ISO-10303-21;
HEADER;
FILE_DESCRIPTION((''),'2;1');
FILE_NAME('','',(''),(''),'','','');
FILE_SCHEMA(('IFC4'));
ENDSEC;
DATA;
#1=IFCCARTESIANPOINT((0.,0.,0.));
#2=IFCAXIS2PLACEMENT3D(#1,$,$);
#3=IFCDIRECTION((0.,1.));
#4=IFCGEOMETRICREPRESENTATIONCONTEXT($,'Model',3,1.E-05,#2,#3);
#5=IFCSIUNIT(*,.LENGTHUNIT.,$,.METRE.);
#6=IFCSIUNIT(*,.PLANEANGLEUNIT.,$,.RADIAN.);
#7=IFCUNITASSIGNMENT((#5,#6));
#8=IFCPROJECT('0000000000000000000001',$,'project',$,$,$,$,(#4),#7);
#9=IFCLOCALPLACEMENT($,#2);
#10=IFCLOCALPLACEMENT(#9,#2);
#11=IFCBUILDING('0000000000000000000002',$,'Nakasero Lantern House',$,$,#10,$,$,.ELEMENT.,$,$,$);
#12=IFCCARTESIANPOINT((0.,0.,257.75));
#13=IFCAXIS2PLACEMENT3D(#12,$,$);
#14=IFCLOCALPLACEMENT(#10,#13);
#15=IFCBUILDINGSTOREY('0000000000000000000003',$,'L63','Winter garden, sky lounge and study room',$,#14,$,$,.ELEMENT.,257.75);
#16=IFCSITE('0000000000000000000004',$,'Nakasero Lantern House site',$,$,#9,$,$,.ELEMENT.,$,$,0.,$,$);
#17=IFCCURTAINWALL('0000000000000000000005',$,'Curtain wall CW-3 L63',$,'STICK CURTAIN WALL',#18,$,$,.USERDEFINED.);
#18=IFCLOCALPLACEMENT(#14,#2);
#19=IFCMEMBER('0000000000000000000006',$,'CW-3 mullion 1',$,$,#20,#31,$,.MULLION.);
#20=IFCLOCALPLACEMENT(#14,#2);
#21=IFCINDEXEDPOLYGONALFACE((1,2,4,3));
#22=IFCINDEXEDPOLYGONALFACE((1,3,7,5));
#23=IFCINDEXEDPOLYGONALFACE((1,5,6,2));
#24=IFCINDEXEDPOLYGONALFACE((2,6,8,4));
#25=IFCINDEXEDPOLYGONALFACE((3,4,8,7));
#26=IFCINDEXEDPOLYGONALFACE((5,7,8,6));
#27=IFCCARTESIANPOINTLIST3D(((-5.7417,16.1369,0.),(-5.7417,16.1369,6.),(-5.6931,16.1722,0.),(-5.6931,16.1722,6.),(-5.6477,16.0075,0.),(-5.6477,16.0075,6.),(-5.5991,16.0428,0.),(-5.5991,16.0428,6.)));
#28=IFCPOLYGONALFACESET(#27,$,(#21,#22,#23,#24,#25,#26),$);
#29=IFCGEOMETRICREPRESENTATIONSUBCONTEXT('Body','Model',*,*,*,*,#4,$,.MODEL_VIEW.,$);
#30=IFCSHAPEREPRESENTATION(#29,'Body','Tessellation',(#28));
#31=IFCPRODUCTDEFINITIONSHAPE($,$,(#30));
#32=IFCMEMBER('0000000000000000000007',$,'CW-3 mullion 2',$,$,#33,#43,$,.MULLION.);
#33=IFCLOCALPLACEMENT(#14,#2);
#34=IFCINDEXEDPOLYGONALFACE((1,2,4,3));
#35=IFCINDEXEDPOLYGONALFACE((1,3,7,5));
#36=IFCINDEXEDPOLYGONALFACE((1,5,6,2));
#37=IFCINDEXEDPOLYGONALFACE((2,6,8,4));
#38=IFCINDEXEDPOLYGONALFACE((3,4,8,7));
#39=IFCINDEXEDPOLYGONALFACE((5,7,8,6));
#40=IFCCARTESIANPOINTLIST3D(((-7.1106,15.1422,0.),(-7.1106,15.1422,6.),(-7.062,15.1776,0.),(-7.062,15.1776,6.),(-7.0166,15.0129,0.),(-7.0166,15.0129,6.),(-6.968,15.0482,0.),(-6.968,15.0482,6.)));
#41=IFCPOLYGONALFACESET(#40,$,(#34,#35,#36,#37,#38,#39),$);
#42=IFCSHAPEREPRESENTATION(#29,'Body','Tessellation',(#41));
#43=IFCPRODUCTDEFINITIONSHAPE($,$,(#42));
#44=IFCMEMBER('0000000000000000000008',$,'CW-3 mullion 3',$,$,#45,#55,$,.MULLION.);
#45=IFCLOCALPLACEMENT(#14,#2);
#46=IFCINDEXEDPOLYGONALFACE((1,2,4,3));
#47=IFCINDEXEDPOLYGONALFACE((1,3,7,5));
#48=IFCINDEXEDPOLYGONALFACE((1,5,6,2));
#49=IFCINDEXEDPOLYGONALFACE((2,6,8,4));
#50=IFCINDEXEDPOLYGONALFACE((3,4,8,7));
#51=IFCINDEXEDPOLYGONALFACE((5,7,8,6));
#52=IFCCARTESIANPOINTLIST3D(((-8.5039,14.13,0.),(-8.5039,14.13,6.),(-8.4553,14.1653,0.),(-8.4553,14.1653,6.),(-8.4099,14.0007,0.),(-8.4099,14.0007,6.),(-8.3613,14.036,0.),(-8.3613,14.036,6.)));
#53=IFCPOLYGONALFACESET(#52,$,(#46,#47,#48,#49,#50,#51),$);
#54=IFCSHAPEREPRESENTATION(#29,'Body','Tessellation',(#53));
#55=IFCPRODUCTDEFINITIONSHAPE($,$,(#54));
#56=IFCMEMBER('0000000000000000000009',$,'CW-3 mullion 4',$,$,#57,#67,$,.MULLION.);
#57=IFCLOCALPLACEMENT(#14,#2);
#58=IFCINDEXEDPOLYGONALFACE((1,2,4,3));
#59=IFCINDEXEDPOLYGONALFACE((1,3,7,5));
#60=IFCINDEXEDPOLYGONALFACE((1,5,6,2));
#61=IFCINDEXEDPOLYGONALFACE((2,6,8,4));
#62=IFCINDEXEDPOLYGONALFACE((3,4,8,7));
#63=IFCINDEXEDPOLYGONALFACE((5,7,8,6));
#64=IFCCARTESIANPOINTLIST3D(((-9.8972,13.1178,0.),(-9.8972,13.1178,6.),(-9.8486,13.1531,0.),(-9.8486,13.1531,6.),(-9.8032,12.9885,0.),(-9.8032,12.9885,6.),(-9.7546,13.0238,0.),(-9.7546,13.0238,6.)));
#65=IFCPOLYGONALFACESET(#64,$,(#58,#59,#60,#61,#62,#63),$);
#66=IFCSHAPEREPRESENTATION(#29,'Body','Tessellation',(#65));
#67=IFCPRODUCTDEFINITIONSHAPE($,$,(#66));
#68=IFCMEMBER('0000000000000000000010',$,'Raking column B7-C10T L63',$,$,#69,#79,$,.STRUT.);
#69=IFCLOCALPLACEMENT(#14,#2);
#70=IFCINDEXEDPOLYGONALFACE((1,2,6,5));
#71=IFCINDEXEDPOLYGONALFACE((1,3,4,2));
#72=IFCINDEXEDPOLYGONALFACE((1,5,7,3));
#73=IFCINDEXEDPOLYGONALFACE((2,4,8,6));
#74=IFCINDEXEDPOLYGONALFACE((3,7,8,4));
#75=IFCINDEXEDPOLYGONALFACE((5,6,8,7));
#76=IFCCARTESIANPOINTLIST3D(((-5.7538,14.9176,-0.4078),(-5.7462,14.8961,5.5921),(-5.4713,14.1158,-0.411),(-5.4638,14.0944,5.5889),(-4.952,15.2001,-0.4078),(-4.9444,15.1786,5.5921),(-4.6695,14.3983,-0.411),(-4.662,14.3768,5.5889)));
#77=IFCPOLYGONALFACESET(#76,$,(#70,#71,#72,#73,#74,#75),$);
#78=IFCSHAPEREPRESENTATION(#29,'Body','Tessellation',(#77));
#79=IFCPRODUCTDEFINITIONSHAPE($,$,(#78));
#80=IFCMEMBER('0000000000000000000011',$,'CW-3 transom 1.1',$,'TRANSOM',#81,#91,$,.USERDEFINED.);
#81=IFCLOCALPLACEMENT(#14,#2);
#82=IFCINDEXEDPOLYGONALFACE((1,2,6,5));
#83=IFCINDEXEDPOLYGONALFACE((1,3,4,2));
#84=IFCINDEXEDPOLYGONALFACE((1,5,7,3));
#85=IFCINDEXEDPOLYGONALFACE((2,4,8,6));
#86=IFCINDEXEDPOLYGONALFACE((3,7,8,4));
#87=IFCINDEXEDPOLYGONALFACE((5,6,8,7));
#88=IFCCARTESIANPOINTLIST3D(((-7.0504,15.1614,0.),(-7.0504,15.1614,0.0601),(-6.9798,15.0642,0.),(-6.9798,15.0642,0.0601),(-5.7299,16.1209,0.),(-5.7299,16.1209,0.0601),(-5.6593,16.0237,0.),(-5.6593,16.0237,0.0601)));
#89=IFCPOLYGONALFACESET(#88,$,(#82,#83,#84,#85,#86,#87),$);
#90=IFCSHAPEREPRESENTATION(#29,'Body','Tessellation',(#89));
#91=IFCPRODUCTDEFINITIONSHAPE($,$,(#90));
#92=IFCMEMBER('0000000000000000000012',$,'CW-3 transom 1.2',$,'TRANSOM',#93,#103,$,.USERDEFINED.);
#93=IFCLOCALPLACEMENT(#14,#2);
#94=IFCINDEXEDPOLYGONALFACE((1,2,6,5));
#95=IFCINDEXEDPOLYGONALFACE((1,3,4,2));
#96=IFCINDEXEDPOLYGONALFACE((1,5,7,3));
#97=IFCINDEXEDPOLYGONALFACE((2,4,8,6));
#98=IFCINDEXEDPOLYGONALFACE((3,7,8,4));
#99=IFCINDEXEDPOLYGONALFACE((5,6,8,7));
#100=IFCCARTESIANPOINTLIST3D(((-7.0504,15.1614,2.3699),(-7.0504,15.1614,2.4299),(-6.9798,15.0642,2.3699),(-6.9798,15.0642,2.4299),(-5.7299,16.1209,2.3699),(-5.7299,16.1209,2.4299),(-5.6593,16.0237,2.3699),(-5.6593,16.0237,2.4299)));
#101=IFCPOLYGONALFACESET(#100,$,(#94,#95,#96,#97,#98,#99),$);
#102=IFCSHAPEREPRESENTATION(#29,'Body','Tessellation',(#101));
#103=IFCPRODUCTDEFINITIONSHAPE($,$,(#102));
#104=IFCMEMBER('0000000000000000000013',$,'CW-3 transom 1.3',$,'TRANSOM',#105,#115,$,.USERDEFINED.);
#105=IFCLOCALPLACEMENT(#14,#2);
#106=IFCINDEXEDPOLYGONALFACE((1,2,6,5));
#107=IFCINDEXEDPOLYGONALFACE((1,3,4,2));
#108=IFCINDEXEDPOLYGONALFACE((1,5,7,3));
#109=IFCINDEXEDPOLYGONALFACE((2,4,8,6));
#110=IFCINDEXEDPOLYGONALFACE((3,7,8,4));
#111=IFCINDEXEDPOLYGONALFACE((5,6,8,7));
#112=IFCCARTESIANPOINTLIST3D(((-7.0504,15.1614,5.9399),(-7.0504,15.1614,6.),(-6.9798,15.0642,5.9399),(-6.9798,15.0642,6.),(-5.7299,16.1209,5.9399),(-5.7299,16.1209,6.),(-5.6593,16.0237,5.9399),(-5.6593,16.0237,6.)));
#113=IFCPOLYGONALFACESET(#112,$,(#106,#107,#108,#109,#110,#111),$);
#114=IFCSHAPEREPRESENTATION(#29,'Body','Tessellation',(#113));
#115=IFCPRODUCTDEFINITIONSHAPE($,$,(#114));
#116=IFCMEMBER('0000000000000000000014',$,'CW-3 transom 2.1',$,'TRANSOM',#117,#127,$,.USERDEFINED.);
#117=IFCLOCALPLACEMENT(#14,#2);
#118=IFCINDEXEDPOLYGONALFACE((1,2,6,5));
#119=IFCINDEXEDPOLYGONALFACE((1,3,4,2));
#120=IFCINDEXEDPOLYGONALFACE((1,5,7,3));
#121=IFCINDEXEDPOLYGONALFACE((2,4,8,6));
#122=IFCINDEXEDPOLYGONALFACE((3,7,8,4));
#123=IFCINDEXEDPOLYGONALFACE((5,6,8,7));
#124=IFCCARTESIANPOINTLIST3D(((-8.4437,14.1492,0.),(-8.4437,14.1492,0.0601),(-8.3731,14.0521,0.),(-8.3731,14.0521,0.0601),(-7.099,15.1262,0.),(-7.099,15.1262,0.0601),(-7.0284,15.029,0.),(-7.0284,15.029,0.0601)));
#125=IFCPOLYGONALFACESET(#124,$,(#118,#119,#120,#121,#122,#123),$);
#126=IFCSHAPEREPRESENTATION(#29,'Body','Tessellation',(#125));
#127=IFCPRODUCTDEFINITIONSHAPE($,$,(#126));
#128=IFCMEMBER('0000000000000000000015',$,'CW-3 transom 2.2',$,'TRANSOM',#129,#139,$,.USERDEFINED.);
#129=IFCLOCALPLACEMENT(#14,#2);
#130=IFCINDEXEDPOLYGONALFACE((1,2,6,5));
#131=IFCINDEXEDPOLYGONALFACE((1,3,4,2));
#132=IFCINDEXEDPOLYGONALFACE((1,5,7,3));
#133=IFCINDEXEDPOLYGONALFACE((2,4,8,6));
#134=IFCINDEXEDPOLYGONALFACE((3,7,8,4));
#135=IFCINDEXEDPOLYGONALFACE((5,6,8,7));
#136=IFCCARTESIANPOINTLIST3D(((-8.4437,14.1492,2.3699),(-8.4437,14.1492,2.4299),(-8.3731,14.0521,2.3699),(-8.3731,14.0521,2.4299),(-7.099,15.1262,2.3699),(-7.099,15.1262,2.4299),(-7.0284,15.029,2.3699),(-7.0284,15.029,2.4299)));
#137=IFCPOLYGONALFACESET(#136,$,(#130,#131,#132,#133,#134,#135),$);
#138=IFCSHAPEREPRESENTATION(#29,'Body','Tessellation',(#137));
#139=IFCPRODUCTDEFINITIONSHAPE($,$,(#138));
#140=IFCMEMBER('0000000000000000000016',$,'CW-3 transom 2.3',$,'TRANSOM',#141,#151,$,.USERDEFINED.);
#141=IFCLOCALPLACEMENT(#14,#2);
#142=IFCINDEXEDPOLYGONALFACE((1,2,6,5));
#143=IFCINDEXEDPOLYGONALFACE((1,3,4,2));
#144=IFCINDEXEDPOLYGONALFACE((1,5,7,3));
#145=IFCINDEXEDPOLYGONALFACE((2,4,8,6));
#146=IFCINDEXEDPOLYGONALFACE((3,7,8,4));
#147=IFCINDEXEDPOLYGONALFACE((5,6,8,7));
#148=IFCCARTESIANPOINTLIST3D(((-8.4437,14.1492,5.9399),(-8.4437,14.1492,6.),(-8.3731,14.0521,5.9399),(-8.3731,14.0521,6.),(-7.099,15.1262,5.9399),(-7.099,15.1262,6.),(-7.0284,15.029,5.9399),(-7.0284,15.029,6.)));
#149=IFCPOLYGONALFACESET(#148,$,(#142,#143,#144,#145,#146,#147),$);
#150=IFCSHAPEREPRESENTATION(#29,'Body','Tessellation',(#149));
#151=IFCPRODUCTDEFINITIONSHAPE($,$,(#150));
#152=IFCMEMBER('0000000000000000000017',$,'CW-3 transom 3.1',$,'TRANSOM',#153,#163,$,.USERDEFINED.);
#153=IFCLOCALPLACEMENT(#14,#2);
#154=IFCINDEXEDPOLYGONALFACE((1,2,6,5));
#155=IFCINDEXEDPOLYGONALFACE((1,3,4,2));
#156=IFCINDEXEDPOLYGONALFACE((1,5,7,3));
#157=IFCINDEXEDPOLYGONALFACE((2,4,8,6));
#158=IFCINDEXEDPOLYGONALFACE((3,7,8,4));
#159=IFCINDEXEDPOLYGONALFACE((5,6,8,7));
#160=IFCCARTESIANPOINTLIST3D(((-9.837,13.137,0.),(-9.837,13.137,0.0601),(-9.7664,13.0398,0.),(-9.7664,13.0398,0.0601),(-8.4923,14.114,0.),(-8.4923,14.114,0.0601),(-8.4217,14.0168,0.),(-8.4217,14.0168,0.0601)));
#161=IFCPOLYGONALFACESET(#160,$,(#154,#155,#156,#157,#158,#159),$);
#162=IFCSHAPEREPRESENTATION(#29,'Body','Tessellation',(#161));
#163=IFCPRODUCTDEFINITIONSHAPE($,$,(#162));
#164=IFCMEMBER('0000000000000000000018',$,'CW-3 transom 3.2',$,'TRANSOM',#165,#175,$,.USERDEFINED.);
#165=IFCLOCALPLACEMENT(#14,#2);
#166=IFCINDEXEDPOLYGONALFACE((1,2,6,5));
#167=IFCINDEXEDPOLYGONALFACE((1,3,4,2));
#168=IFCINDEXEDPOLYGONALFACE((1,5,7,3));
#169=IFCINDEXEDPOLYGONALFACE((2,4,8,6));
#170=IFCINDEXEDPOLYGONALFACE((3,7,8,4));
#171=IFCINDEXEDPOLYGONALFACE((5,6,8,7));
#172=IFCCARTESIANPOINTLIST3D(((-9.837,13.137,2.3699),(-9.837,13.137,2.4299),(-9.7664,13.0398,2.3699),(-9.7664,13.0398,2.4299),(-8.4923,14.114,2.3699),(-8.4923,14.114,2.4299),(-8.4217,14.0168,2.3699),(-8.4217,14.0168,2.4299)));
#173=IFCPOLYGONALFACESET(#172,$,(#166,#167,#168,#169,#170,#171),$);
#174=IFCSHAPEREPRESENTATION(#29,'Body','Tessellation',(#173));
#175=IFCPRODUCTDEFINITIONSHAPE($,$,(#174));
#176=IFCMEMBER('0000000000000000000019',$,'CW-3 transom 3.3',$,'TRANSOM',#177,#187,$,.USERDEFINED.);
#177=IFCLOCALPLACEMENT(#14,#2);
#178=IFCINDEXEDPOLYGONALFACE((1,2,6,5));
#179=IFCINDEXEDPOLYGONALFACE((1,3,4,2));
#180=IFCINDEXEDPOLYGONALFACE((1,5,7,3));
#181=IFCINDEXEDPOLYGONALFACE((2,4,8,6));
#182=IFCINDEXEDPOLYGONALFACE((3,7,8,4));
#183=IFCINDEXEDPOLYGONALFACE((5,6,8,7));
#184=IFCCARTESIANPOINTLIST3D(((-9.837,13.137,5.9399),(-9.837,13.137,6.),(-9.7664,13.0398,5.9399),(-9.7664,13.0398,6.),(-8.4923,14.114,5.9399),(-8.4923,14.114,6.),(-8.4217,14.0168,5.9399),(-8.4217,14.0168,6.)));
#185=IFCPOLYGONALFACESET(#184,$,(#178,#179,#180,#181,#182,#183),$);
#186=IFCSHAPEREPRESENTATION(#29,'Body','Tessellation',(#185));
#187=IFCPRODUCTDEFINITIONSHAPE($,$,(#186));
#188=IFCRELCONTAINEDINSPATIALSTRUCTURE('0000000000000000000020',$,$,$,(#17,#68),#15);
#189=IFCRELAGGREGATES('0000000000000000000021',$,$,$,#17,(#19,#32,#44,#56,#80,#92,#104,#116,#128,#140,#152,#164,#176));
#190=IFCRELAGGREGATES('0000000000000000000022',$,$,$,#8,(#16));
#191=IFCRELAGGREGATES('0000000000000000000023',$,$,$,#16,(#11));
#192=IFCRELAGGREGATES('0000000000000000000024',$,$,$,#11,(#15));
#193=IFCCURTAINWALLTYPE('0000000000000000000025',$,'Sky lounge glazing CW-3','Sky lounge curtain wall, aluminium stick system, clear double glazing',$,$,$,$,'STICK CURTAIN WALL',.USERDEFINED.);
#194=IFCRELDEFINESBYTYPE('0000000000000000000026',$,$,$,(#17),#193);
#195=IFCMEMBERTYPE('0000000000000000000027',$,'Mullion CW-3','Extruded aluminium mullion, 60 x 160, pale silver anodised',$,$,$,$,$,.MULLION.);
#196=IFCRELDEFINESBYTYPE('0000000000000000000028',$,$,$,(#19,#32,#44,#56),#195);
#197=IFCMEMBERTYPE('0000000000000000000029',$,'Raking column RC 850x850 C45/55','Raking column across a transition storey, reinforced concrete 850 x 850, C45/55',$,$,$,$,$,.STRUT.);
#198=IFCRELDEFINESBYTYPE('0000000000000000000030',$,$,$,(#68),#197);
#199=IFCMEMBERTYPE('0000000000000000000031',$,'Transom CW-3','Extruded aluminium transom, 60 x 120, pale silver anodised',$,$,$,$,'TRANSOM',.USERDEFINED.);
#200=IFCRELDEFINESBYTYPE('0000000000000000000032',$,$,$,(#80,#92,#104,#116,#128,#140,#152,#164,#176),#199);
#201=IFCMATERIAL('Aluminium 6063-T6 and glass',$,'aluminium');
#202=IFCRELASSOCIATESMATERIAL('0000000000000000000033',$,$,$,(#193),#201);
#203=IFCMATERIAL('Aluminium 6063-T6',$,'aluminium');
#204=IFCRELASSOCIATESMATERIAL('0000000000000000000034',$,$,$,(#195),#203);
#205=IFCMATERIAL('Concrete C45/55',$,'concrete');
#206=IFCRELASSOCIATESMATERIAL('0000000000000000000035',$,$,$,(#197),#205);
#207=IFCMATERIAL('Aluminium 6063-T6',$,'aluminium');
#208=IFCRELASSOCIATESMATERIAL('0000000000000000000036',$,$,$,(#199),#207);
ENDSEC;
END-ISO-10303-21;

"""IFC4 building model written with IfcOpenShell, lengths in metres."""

from ifc_helpers import new_model, si_unit, direction, frame, origin, origin_2d, place, context, subcontext, project, spatial, rectangle, extrude, material, material_profile, profile_set, type_object, element, aggregate, save


model = new_model("IFC4")

# Units and contexts
model_context = context("Model", 3, precision=1e-05, world=origin(), true_north=direction((0.0, 1.0)))
body_context = subcontext(model_context, "Body", "Model", "MODEL_VIEW")
ifc_project = project(units=[si_unit("LENGTHUNIT", "METRE"), si_unit("PLANEANGLEUNIT", "RADIAN")], contexts=[model_context])

# Site, building, storey
site_placement = place(None, origin())
site = spatial("IfcSite", under=ifc_project, at=site_placement, Name="Nakasero Lantern House site", CompositionType="ELEMENT", RefElevation=0.0)
building_placement = place(site_placement, origin())
building = spatial("IfcBuilding", under=site, at=building_placement, Name="Nakasero Lantern House", CompositionType="ELEMENT")
storey_placement = place(building_placement, frame((0.0, 0.0, 257.75)))
storey = spatial("IfcBuildingStorey", under=building, at=storey_placement, Name="L63", Description="Winter garden, sky lounge and study room", CompositionType="ELEMENT", Elevation=257.75)

# Curtain wall, members
ifc_material_1 = material(Name="Aluminium 6063-T6 and glass", Category="aluminium")
curtain_wall_type = type_object("IfcCurtainWallType", Name="Sky lounge glazing CW-3", Description="Sky lounge curtain wall, aluminium stick system, clear double glazing", ElementType="STICK CURTAIN WALL", PredefinedType="USERDEFINED", material=ifc_material_1)
curtain_wall_placement = place(storey_placement, origin())
curtain_wall = element("IfcCurtainWall", 1, at=curtain_wall_placement, inside=storey, type_object=curtain_wall_type, Name="Curtain wall CW-3 L63", ObjectType="STICK CURTAIN WALL", PredefinedType="USERDEFINED")
ifc_material_2 = material(Name="Aluminium 6063-T6", Category="aluminium")
ifc_material_profile_1 = material_profile(ifc_material_2, rectangle(XDim=0.0601, YDim=0.1599, at=origin_2d()), Name="CW-3 mullion 60x160")
ifc_profile_set_1 = profile_set([ifc_material_profile_1], Name="Aluminium 6063-T6")
member_type_1 = type_object("IfcMemberType", Name="Mullion CW-3", Description="Extruded aluminium mullion, 60 x 160, pale silver anodised", PredefinedType="MULLION", material=ifc_profile_set_1)
member_1_placement = place(storey_placement, frame((-5.6704, 16.0898, 0.0), z_axis=(0.0, 0.0, 1.0), x_axis=(-0.809017, -0.587785, 0.0)))
member_1 = element("IfcMember", 2, at=member_1_placement, type_object=member_type_1, Name="CW-3 mullion 1", PredefinedType="MULLION", context=body_context, shape_type="SweptSolid", body=[
    extrude(rectangle(XDim=0.0601, YDim=0.1599, at=origin_2d()), origin(), (0.0, 0.0, 1.0), 6.0),
])
member_2_placement = place(storey_placement, frame((-7.0393, 15.0952, 0.0), z_axis=(0.0, 0.0, 1.0), x_axis=(-0.809017, -0.587785, 0.0)))
member_2 = element("IfcMember", 3, at=member_2_placement, type_object=member_type_1, Name="CW-3 mullion 2", PredefinedType="MULLION", context=body_context, shape_type="SweptSolid", body=[
    extrude(rectangle(XDim=0.0601, YDim=0.1599, at=origin_2d()), origin(), (0.0, 0.0, 1.0), 6.0),
])
member_3_placement = place(storey_placement, frame((-8.4326, 14.083, 0.0), z_axis=(0.0, 0.0, 1.0), x_axis=(-0.809017, -0.587785, 0.0)))
member_3 = element("IfcMember", 4, at=member_3_placement, type_object=member_type_1, Name="CW-3 mullion 3", PredefinedType="MULLION", context=body_context, shape_type="SweptSolid", body=[
    extrude(rectangle(XDim=0.0601, YDim=0.1599, at=origin_2d()), origin(), (0.0, 0.0, 1.0), 6.0),
])
member_4_placement = place(storey_placement, frame((-9.8259, 13.0708, 0.0), z_axis=(0.0, 0.0, 1.0), x_axis=(-0.809017, -0.587785, 0.0)))
member_4 = element("IfcMember", 5, at=member_4_placement, type_object=member_type_1, Name="CW-3 mullion 4", PredefinedType="MULLION", context=body_context, shape_type="SweptSolid", body=[
    extrude(rectangle(XDim=0.0601, YDim=0.1599, at=origin_2d()), origin(), (0.0, 0.0, 1.0), 6.0),
])

# Members
ifc_material_3 = material(Name="Concrete C45/55", Category="concrete")
ifc_material_profile_2 = material_profile(ifc_material_3, rectangle(XDim=0.8501, YDim=0.8501, at=origin_2d()), Name="RC 850x850")
ifc_profile_set_2 = profile_set([ifc_material_profile_2], Name="Concrete C45/55")
member_type_2 = type_object("IfcMemberType", Name="Raking column RC 850x850 C45/55", Description="Raking column across a transition storey, reinforced concrete 850 x 850, C45/55", PredefinedType="STRUT", material=ifc_profile_set_2)
member_5_placement = place(storey_placement, frame((-5.2117, 14.658, -0.4094), z_axis=(0.001261, -0.003581, 0.999993), x_axis=(0.943188, 0.332259, 0.0)))
element("IfcMember", 6, at=member_5_placement, inside=storey, type_object=member_type_2, Name="Raking column B7-C10T L63", PredefinedType="STRUT", context=body_context, shape_type="SweptSolid", body=[
    extrude(rectangle(XDim=0.8501, YDim=0.8501, at=origin_2d()), origin(), (0.0, 0.0, 1.0), 6.0),
])
ifc_material_4 = material(Name="Aluminium 6063-T6", Category="aluminium")
ifc_material_profile_3 = material_profile(ifc_material_4, rectangle(XDim=0.0601, YDim=0.1201, at=origin_2d()), Name="CW-3 transom 60x120")
ifc_profile_set_3 = profile_set([ifc_material_profile_3], Name="Aluminium 6063-T6")
member_type_3 = type_object("IfcMemberType", Name="Transom CW-3", Description="Extruded aluminium transom, 60 x 120, pale silver anodised", ElementType="TRANSOM", PredefinedType="USERDEFINED", material=ifc_profile_set_3)
member_6_placement = place(storey_placement, frame((-5.6946, 16.0723, 0.03), z_axis=(-0.809008, -0.587798, 0.0), x_axis=(0.0, 0.0, 1.0)))
member_6 = element("IfcMember", 7, at=member_6_placement, type_object=member_type_3, Name="CW-3 transom 1.1", ObjectType="TRANSOM", PredefinedType="USERDEFINED", context=body_context, shape_type="SweptSolid", body=[
    extrude(rectangle(XDim=0.0601, YDim=0.1201, at=origin_2d()), origin(), (0.0, 0.0, 1.0), 1.6323),
])
member_7_placement = place(storey_placement, frame((-5.6946, 16.0723, 2.3999), z_axis=(-0.809008, -0.587798, 0.0), x_axis=(0.0, 0.0, 1.0)))
member_7 = element("IfcMember", 8, at=member_7_placement, type_object=member_type_3, Name="CW-3 transom 1.2", ObjectType="TRANSOM", PredefinedType="USERDEFINED", context=body_context, shape_type="SweptSolid", body=[
    extrude(rectangle(XDim=0.0601, YDim=0.1201, at=origin_2d()), origin(), (0.0, 0.0, 1.0), 1.6323),
])
member_8_placement = place(storey_placement, frame((-5.6946, 16.0723, 5.97), z_axis=(-0.809008, -0.587798, 0.0), x_axis=(0.0, 0.0, 1.0)))
member_8 = element("IfcMember", 9, at=member_8_placement, type_object=member_type_3, Name="CW-3 transom 1.3", ObjectType="TRANSOM", PredefinedType="USERDEFINED", context=body_context, shape_type="SweptSolid", body=[
    extrude(rectangle(XDim=0.0601, YDim=0.1201, at=origin_2d()), origin(), (0.0, 0.0, 1.0), 1.6323),
])
member_9_placement = place(storey_placement, frame((-7.0637, 15.0776, 0.03), z_axis=(-0.809003, -0.587805, 0.0), x_axis=(0.0, 0.0, 1.0)))
member_9 = element("IfcMember", 10, at=member_9_placement, type_object=member_type_3, Name="CW-3 transom 2.1", ObjectType="TRANSOM", PredefinedType="USERDEFINED", context=body_context, shape_type="SweptSolid", body=[
    extrude(rectangle(XDim=0.0601, YDim=0.1201, at=origin_2d()), origin(), (0.0, 0.0, 1.0), 1.6621),
])
member_10_placement = place(storey_placement, frame((-7.0637, 15.0776, 2.3999), z_axis=(-0.809003, -0.587805, 0.0), x_axis=(0.0, 0.0, 1.0)))
member_10 = element("IfcMember", 11, at=member_10_placement, type_object=member_type_3, Name="CW-3 transom 2.2", ObjectType="TRANSOM", PredefinedType="USERDEFINED", context=body_context, shape_type="SweptSolid", body=[
    extrude(rectangle(XDim=0.0601, YDim=0.1201, at=origin_2d()), origin(), (0.0, 0.0, 1.0), 1.6621),
])
member_11_placement = place(storey_placement, frame((-7.0637, 15.0776, 5.97), z_axis=(-0.809003, -0.587805, 0.0), x_axis=(0.0, 0.0, 1.0)))
member_11 = element("IfcMember", 12, at=member_11_placement, type_object=member_type_3, Name="CW-3 transom 2.3", ObjectType="TRANSOM", PredefinedType="USERDEFINED", context=body_context, shape_type="SweptSolid", body=[
    extrude(rectangle(XDim=0.0601, YDim=0.1201, at=origin_2d()), origin(), (0.0, 0.0, 1.0), 1.6621),
])
member_12_placement = place(storey_placement, frame((-8.457, 14.0654, 0.03), z_axis=(-0.809003, -0.587805, 0.0), x_axis=(0.0, 0.0, 1.0)))
member_12 = element("IfcMember", 13, at=member_12_placement, type_object=member_type_3, Name="CW-3 transom 3.1", ObjectType="TRANSOM", PredefinedType="USERDEFINED", context=body_context, shape_type="SweptSolid", body=[
    extrude(rectangle(XDim=0.0601, YDim=0.1201, at=origin_2d()), origin(), (0.0, 0.0, 1.0), 1.6621),
])
member_13_placement = place(storey_placement, frame((-8.457, 14.0654, 2.3999), z_axis=(-0.809003, -0.587805, 0.0), x_axis=(0.0, 0.0, 1.0)))
member_13 = element("IfcMember", 14, at=member_13_placement, type_object=member_type_3, Name="CW-3 transom 3.2", ObjectType="TRANSOM", PredefinedType="USERDEFINED", context=body_context, shape_type="SweptSolid", body=[
    extrude(rectangle(XDim=0.0601, YDim=0.1201, at=origin_2d()), origin(), (0.0, 0.0, 1.0), 1.6621),
])
member_14_placement = place(storey_placement, frame((-8.457, 14.0654, 5.97), z_axis=(-0.809003, -0.587805, 0.0), x_axis=(0.0, 0.0, 1.0)))
member_14 = element("IfcMember", 15, at=member_14_placement, type_object=member_type_3, Name="CW-3 transom 3.3", ObjectType="TRANSOM", PredefinedType="USERDEFINED", context=body_context, shape_type="SweptSolid", body=[
    extrude(rectangle(XDim=0.0601, YDim=0.1201, at=origin_2d()), origin(), (0.0, 0.0, 1.0), 1.6621),
])

aggregate(curtain_wall, [member_1, member_2, member_3, member_4, member_6, member_7, member_8, member_9, member_10, member_11, member_12, member_13, member_14])

save(model, "model.ifc")
